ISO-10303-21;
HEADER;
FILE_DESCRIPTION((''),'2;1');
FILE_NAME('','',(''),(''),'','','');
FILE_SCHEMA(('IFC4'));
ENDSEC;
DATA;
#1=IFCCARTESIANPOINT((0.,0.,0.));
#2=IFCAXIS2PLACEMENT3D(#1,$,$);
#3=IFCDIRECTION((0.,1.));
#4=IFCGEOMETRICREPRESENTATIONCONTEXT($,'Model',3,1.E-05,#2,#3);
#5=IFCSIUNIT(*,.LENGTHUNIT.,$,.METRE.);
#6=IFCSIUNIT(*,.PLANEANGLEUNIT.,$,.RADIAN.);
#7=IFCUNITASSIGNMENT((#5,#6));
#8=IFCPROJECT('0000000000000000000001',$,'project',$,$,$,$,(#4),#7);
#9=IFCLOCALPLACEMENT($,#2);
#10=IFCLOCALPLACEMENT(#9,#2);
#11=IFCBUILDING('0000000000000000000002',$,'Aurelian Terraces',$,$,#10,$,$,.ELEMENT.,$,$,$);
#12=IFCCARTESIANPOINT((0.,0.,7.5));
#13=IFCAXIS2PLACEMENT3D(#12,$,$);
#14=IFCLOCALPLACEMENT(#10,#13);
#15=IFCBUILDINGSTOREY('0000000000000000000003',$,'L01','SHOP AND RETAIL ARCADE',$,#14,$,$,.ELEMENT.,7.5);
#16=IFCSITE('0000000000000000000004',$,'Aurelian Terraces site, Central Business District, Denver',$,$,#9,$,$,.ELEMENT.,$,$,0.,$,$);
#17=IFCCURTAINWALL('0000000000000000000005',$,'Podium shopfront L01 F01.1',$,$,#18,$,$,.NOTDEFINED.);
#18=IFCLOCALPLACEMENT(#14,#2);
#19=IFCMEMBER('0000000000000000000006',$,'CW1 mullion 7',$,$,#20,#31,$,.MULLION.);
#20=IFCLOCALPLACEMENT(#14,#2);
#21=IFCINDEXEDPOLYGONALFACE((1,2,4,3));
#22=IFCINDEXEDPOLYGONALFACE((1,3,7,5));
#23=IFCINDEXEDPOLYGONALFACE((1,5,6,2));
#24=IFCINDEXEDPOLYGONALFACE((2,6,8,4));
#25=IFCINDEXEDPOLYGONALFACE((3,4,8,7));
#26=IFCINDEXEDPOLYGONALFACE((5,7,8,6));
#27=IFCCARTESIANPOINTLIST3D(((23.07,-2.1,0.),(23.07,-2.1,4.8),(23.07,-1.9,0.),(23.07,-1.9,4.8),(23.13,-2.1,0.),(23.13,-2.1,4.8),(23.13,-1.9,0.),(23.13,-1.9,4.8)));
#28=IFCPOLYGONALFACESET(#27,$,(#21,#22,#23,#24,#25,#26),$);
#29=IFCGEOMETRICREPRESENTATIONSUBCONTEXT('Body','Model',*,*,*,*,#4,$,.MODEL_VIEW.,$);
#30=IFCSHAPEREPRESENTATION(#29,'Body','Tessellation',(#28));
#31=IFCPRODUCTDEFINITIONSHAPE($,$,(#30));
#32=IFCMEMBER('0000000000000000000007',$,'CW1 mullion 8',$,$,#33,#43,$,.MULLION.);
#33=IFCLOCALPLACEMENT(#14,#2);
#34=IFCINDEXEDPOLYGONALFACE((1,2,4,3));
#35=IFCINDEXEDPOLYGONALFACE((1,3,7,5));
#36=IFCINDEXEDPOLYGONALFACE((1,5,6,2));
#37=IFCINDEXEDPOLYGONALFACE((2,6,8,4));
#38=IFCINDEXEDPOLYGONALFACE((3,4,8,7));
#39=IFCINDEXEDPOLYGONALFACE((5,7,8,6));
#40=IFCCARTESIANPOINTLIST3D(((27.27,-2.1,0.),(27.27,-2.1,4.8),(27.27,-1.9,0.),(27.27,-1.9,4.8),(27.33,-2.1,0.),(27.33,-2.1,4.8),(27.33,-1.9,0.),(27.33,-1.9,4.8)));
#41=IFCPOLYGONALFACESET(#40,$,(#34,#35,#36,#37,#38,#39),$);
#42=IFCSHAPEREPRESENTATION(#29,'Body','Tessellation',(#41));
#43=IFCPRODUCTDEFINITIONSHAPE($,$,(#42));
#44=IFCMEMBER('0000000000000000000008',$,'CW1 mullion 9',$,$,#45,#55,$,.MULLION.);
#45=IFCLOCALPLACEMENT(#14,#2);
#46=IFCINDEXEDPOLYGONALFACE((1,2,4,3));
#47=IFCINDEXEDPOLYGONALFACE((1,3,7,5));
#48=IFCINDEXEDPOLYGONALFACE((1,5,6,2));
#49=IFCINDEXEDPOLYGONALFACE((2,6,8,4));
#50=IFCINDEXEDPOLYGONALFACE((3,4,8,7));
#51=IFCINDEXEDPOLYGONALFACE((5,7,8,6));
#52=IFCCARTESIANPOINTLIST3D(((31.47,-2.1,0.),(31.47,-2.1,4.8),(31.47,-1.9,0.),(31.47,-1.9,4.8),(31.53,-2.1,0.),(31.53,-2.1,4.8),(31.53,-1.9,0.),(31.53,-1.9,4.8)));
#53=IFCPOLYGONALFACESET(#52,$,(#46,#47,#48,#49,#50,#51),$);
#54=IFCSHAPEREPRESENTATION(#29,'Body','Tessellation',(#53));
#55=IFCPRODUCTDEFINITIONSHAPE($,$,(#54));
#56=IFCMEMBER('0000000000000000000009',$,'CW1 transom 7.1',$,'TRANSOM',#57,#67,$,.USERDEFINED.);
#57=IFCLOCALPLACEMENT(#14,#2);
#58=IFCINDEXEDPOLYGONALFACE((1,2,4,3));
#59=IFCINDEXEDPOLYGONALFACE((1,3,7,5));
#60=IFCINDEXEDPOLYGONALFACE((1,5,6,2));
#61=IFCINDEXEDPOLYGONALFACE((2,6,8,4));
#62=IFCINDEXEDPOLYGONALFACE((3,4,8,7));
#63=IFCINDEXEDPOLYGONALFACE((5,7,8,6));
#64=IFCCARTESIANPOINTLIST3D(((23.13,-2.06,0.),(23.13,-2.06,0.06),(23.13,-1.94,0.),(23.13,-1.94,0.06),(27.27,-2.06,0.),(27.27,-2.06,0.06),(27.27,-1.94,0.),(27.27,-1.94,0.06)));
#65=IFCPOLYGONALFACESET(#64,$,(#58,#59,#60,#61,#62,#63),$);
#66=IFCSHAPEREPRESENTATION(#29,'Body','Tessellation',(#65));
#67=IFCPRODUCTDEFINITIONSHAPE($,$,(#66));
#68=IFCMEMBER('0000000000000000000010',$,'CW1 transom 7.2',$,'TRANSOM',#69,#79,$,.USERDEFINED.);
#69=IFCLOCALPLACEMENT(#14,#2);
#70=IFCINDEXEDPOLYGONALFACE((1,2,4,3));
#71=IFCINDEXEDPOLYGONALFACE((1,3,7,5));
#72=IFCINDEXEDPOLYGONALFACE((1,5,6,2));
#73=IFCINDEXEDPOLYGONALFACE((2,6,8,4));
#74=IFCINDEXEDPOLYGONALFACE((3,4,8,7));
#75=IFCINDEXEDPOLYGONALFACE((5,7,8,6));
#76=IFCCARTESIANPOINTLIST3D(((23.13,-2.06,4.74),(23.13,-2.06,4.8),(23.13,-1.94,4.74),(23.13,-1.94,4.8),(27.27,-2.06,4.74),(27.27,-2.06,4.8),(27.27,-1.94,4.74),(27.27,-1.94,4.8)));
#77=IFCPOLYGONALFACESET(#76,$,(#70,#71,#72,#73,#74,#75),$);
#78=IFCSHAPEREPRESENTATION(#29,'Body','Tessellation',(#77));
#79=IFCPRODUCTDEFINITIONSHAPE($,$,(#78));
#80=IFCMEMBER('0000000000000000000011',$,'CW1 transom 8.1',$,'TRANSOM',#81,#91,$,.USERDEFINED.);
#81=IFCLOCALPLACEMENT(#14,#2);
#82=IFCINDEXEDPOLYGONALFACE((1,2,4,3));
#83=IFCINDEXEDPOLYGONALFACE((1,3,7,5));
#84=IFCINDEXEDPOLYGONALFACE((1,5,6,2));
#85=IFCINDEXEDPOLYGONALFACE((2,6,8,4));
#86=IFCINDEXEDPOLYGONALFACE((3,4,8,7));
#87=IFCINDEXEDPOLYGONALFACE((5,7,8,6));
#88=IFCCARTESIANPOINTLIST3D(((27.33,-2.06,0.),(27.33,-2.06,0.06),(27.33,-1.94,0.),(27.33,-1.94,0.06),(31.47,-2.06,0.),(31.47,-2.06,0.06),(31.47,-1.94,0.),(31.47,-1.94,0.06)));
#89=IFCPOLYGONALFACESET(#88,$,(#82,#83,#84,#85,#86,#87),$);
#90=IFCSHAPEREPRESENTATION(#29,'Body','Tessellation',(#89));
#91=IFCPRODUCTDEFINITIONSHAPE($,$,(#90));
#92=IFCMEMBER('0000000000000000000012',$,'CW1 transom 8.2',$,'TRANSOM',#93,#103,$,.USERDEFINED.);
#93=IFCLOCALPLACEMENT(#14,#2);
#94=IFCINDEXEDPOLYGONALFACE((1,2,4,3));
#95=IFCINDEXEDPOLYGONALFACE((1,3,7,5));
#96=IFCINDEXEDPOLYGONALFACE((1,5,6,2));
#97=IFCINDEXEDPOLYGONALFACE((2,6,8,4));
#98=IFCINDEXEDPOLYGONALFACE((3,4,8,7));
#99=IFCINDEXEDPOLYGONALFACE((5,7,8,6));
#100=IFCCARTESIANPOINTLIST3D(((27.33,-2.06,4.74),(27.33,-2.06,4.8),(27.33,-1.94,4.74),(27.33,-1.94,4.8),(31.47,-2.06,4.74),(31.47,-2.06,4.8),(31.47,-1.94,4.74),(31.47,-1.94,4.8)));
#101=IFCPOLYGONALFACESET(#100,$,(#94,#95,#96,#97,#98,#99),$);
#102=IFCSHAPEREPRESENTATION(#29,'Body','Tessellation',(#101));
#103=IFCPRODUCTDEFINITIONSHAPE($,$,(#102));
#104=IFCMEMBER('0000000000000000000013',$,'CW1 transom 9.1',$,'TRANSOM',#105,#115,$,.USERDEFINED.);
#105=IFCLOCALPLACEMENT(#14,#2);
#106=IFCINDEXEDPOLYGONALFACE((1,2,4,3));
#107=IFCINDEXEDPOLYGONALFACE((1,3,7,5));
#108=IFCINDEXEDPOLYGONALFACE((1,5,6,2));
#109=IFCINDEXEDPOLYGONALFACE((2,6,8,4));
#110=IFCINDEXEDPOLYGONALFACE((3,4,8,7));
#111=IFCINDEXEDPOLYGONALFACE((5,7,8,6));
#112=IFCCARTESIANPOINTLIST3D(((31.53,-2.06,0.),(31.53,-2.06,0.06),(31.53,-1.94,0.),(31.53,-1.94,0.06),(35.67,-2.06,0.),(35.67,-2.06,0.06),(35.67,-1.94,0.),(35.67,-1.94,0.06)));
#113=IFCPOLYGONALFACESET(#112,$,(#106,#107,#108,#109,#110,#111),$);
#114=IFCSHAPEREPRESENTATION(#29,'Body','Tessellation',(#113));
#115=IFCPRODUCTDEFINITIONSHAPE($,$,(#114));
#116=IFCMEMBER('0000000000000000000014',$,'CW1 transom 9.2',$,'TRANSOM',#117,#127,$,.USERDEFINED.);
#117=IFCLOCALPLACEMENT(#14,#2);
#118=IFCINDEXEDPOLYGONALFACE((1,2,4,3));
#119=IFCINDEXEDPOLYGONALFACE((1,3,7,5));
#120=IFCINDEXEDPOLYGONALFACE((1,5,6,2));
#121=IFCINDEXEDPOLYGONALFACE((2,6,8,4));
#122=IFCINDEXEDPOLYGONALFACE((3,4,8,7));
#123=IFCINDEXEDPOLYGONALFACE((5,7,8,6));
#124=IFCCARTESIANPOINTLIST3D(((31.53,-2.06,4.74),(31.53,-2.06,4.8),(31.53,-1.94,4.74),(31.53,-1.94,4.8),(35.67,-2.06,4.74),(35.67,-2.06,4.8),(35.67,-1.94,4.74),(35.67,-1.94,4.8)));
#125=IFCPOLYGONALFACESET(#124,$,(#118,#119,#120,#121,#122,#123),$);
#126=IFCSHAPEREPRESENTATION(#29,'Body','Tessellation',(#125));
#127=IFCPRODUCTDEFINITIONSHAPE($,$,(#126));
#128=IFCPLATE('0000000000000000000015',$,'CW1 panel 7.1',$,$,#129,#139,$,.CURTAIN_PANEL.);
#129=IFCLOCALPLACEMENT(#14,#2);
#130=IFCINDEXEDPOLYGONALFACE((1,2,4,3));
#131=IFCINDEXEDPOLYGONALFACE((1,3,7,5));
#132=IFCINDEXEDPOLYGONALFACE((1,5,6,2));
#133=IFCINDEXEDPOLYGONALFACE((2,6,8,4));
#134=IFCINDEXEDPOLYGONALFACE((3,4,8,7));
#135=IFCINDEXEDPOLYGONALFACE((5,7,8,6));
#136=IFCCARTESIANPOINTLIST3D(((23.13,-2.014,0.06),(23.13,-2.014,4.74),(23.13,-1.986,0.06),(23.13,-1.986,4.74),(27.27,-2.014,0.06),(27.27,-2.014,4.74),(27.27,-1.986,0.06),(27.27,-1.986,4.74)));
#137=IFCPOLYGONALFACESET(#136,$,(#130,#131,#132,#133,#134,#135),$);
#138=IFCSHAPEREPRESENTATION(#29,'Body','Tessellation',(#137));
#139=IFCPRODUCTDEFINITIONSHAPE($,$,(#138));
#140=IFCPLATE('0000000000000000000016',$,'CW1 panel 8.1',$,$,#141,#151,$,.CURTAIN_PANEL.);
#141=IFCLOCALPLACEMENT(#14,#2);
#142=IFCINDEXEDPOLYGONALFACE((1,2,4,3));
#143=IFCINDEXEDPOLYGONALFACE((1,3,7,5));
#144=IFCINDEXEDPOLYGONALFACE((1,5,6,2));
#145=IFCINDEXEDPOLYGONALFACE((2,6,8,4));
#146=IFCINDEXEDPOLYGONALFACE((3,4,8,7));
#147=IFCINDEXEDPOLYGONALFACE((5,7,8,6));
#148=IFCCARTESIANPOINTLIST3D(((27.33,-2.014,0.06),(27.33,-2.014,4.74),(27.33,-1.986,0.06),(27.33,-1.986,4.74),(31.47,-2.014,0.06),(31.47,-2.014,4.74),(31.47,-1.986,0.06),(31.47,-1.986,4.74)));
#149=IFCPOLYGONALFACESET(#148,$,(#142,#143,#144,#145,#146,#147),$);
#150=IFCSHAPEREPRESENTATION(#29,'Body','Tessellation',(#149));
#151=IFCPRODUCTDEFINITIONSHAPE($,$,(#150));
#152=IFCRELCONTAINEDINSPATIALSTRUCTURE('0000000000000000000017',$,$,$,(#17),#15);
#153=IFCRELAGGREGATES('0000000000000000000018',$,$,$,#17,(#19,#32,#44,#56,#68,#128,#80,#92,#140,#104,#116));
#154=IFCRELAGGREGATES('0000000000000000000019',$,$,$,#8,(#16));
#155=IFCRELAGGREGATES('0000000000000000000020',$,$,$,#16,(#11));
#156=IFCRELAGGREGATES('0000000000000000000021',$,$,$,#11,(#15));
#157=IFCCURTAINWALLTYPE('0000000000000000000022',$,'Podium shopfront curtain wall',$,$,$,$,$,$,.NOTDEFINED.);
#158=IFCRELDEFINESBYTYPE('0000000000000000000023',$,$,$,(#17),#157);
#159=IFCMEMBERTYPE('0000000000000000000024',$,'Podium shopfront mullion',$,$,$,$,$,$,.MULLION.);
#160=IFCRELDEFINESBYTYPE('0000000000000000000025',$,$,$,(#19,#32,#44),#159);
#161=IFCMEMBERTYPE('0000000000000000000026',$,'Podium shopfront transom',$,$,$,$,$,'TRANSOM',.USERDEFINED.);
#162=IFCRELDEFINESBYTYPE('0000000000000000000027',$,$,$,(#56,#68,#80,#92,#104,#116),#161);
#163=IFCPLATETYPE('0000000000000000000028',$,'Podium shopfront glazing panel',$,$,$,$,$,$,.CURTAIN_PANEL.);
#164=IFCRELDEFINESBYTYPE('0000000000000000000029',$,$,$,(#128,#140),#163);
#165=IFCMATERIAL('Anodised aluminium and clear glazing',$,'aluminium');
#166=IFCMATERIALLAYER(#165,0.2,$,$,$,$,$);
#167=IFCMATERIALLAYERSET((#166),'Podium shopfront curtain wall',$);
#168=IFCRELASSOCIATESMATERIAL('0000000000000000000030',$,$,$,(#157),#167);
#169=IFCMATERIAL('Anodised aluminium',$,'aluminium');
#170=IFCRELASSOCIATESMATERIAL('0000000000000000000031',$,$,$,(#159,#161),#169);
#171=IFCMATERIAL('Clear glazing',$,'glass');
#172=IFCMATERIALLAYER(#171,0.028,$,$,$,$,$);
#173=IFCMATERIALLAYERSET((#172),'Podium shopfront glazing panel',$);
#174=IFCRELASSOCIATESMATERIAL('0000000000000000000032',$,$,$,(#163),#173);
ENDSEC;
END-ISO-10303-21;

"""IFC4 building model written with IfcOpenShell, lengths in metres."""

from ifc_helpers import new_model, si_unit, direction, frame, origin, origin_2d, place, context, subcontext, project, spatial, rectangle, extrude, source, transform, mapped, material, layer, layer_set, material_profile, profile_set, type_object, element, aggregate, save


model = new_model("IFC4")

# Units and contexts
model_context = context("Model", 3, precision=1e-05, world=origin(), true_north=direction((0.0, 1.0)))
body_context = subcontext(model_context, "Body", "Model", "MODEL_VIEW")
ifc_project = project(units=[si_unit("LENGTHUNIT", "METRE"), si_unit("PLANEANGLEUNIT", "RADIAN")], contexts=[model_context])

# Site, building, storey
site_placement = place(None, origin())
site = spatial("IfcSite", under=ifc_project, at=site_placement, Name="Aurelian Terraces site, Central Business District, Denver", CompositionType="ELEMENT", RefElevation=0.0)
building_placement = place(site_placement, origin())
building = spatial("IfcBuilding", under=site, at=building_placement, Name="Aurelian Terraces", CompositionType="ELEMENT")
storey_placement = place(building_placement, frame((0.0, 0.0, 7.5)))
storey = spatial("IfcBuildingStorey", under=building, at=storey_placement, Name="L01", Description="SHOP AND RETAIL ARCADE", CompositionType="ELEMENT", Elevation=7.5)

# Curtain wall, members, plates
ifc_material_1 = material(Name="Anodised aluminium and clear glazing", Category="aluminium")
ifc_layer_1 = layer(ifc_material_1, 0.2)
ifc_layer_set_1 = layer_set([ifc_layer_1], Name="Podium shopfront curtain wall")
curtain_wall_type = type_object("IfcCurtainWallType", Name="Podium shopfront curtain wall", PredefinedType="NOTDEFINED", material=ifc_layer_set_1)
curtain_wall_placement = place(storey_placement, origin())
curtain_wall = element("IfcCurtainWall", 1, at=curtain_wall_placement, inside=storey, type_object=curtain_wall_type, Name="Podium shopfront L01 F01.1", PredefinedType="NOTDEFINED")
ifc_material_2 = material(Name="Anodised aluminium", Category="aluminium")
ifc_material_profile_1 = material_profile(ifc_material_2, rectangle(XDim=0.2, YDim=0.06, at=origin_2d()))
ifc_profile_set_1 = profile_set([ifc_material_profile_1], Name="Anodised aluminium")
member_type_1 = type_object("IfcMemberType", Name="Podium shopfront mullion", PredefinedType="MULLION", material=ifc_profile_set_1)
shared_shape_1 = source(origin(), body_context, "Body", "SweptSolid", [
    extrude(rectangle(XDim=0.2, YDim=0.06, at=origin_2d()), origin(), (0.0, 0.0, 1.0), 4.8),
])
member_1_placement = place(storey_placement, frame((23.1, -2.0, 0.0), z_axis=(0.0, 0.0, 1.0), x_axis=(0.0, 1.0, 0.0)))
member_1 = element("IfcMember", 2, at=member_1_placement, type_object=member_type_1, Name="CW1 mullion 7", PredefinedType="MULLION", context=body_context, shape_type="MappedRepresentation", body=[
    mapped(shared_shape_1, transform((0.0, 0.0, 0.0), scale=1.0)),
])
member_2_placement = place(storey_placement, frame((27.3, -2.0, 0.0), z_axis=(0.0, 0.0, 1.0), x_axis=(0.0, 1.0, 0.0)))
member_2 = element("IfcMember", 3, at=member_2_placement, type_object=member_type_1, Name="CW1 mullion 8", PredefinedType="MULLION", context=body_context, shape_type="MappedRepresentation", body=[
    mapped(shared_shape_1, transform((0.0, 0.0, 0.0), scale=1.0)),
])
member_3_placement = place(storey_placement, frame((31.5, -2.0, 0.0), z_axis=(0.0, 0.0, 1.0), x_axis=(0.0, 1.0, 0.0)))
member_3 = element("IfcMember", 4, at=member_3_placement, type_object=member_type_1, Name="CW1 mullion 9", PredefinedType="MULLION", context=body_context, shape_type="MappedRepresentation", body=[
    mapped(shared_shape_1, transform((0.0, 0.0, 0.0), scale=1.0)),
])
ifc_material_profile_2 = material_profile(ifc_material_2, rectangle(XDim=0.12, YDim=0.06, at=origin_2d()))
ifc_profile_set_2 = profile_set([ifc_material_profile_2], Name="Anodised aluminium")
member_type_2 = type_object("IfcMemberType", Name="Podium shopfront transom", ElementType="TRANSOM", PredefinedType="USERDEFINED", material=ifc_profile_set_2)
shared_shape_2 = source(origin(), body_context, "Body", "SweptSolid", [
    extrude(rectangle(XDim=0.12, YDim=0.06, at=origin_2d()), origin(), (0.0, 0.0, 1.0), 4.14),
])
member_4_placement = place(storey_placement, frame((23.13, -2.0, 0.03), z_axis=(1.0, 0.0, 0.0), x_axis=(0.0, 1.0, 0.0)))
member_4 = element("IfcMember", 5, at=member_4_placement, type_object=member_type_2, Name="CW1 transom 7.1", ObjectType="TRANSOM", PredefinedType="USERDEFINED", context=body_context, shape_type="MappedRepresentation", body=[
    mapped(shared_shape_2, transform((0.0, 0.0, 0.0), scale=1.0)),
])
member_5_placement = place(storey_placement, frame((23.13, -2.0, 4.77), z_axis=(1.0, 0.0, 0.0), x_axis=(0.0, 1.0, 0.0)))
member_5 = element("IfcMember", 6, at=member_5_placement, type_object=member_type_2, Name="CW1 transom 7.2", ObjectType="TRANSOM", PredefinedType="USERDEFINED", context=body_context, shape_type="MappedRepresentation", body=[
    mapped(shared_shape_2, transform((0.0, 0.0, 0.0), scale=1.0)),
])
member_6_placement = place(storey_placement, frame((27.33, -2.0, 0.03), z_axis=(1.0, 0.0, 0.0), x_axis=(0.0, 1.0, 0.0)))
member_6 = element("IfcMember", 7, at=member_6_placement, type_object=member_type_2, Name="CW1 transom 8.1", ObjectType="TRANSOM", PredefinedType="USERDEFINED", context=body_context, shape_type="MappedRepresentation", body=[
    mapped(shared_shape_2, transform((0.0, 0.0, 0.0), scale=1.0)),
])
member_7_placement = place(storey_placement, frame((27.33, -2.0, 4.77), z_axis=(1.0, 0.0, 0.0), x_axis=(0.0, 1.0, 0.0)))
member_7 = element("IfcMember", 8, at=member_7_placement, type_object=member_type_2, Name="CW1 transom 8.2", ObjectType="TRANSOM", PredefinedType="USERDEFINED", context=body_context, shape_type="MappedRepresentation", body=[
    mapped(shared_shape_2, transform((0.0, 0.0, 0.0), scale=1.0)),
])
member_8_placement = place(storey_placement, frame((31.53, -2.0, 0.03), z_axis=(1.0, 0.0, 0.0), x_axis=(0.0, 1.0, 0.0)))
member_8 = element("IfcMember", 9, at=member_8_placement, type_object=member_type_2, Name="CW1 transom 9.1", ObjectType="TRANSOM", PredefinedType="USERDEFINED", context=body_context, shape_type="MappedRepresentation", body=[
    mapped(shared_shape_2, transform((0.0, 0.0, 0.0), scale=1.0)),
])
member_9_placement = place(storey_placement, frame((31.53, -2.0, 4.77), z_axis=(1.0, 0.0, 0.0), x_axis=(0.0, 1.0, 0.0)))
member_9 = element("IfcMember", 10, at=member_9_placement, type_object=member_type_2, Name="CW1 transom 9.2", ObjectType="TRANSOM", PredefinedType="USERDEFINED", context=body_context, shape_type="MappedRepresentation", body=[
    mapped(shared_shape_2, transform((0.0, 0.0, 0.0), scale=1.0)),
])
ifc_material_3 = material(Name="Clear glazing", Category="glass")
ifc_layer_2 = layer(ifc_material_3, 0.028)
ifc_layer_set_2 = layer_set([ifc_layer_2], Name="Podium shopfront glazing panel")
plate_type = type_object("IfcPlateType", Name="Podium shopfront glazing panel", PredefinedType="CURTAIN_PANEL", material=ifc_layer_set_2)
shared_shape_3 = source(origin(), body_context, "Body", "SweptSolid", [
    extrude(rectangle(XDim=4.14, YDim=0.028, at=origin_2d()), origin(), (0.0, 0.0, 1.0), 4.68),
])
plate_1_placement = place(storey_placement, frame((25.2, -2.0, 0.06), z_axis=(0.0, 0.0, 1.0), x_axis=(1.0, 0.0, 0.0)))
plate_1 = element("IfcPlate", 11, at=plate_1_placement, type_object=plate_type, Name="CW1 panel 7.1", PredefinedType="CURTAIN_PANEL", context=body_context, shape_type="MappedRepresentation", body=[
    mapped(shared_shape_3, transform((0.0, 0.0, 0.0), scale=1.0)),
])
plate_2_placement = place(storey_placement, frame((29.4, -2.0, 0.06), z_axis=(0.0, 0.0, 1.0), x_axis=(1.0, 0.0, 0.0)))
plate_2 = element("IfcPlate", 12, at=plate_2_placement, type_object=plate_type, Name="CW1 panel 8.1", PredefinedType="CURTAIN_PANEL", context=body_context, shape_type="MappedRepresentation", body=[
    mapped(shared_shape_3, transform((0.0, 0.0, 0.0), scale=1.0)),
])
aggregate(curtain_wall, [member_1, member_2, member_3, member_4, member_5, plate_1, member_6, member_7, plate_2, member_8, member_9])

save(model, "model.ifc")
